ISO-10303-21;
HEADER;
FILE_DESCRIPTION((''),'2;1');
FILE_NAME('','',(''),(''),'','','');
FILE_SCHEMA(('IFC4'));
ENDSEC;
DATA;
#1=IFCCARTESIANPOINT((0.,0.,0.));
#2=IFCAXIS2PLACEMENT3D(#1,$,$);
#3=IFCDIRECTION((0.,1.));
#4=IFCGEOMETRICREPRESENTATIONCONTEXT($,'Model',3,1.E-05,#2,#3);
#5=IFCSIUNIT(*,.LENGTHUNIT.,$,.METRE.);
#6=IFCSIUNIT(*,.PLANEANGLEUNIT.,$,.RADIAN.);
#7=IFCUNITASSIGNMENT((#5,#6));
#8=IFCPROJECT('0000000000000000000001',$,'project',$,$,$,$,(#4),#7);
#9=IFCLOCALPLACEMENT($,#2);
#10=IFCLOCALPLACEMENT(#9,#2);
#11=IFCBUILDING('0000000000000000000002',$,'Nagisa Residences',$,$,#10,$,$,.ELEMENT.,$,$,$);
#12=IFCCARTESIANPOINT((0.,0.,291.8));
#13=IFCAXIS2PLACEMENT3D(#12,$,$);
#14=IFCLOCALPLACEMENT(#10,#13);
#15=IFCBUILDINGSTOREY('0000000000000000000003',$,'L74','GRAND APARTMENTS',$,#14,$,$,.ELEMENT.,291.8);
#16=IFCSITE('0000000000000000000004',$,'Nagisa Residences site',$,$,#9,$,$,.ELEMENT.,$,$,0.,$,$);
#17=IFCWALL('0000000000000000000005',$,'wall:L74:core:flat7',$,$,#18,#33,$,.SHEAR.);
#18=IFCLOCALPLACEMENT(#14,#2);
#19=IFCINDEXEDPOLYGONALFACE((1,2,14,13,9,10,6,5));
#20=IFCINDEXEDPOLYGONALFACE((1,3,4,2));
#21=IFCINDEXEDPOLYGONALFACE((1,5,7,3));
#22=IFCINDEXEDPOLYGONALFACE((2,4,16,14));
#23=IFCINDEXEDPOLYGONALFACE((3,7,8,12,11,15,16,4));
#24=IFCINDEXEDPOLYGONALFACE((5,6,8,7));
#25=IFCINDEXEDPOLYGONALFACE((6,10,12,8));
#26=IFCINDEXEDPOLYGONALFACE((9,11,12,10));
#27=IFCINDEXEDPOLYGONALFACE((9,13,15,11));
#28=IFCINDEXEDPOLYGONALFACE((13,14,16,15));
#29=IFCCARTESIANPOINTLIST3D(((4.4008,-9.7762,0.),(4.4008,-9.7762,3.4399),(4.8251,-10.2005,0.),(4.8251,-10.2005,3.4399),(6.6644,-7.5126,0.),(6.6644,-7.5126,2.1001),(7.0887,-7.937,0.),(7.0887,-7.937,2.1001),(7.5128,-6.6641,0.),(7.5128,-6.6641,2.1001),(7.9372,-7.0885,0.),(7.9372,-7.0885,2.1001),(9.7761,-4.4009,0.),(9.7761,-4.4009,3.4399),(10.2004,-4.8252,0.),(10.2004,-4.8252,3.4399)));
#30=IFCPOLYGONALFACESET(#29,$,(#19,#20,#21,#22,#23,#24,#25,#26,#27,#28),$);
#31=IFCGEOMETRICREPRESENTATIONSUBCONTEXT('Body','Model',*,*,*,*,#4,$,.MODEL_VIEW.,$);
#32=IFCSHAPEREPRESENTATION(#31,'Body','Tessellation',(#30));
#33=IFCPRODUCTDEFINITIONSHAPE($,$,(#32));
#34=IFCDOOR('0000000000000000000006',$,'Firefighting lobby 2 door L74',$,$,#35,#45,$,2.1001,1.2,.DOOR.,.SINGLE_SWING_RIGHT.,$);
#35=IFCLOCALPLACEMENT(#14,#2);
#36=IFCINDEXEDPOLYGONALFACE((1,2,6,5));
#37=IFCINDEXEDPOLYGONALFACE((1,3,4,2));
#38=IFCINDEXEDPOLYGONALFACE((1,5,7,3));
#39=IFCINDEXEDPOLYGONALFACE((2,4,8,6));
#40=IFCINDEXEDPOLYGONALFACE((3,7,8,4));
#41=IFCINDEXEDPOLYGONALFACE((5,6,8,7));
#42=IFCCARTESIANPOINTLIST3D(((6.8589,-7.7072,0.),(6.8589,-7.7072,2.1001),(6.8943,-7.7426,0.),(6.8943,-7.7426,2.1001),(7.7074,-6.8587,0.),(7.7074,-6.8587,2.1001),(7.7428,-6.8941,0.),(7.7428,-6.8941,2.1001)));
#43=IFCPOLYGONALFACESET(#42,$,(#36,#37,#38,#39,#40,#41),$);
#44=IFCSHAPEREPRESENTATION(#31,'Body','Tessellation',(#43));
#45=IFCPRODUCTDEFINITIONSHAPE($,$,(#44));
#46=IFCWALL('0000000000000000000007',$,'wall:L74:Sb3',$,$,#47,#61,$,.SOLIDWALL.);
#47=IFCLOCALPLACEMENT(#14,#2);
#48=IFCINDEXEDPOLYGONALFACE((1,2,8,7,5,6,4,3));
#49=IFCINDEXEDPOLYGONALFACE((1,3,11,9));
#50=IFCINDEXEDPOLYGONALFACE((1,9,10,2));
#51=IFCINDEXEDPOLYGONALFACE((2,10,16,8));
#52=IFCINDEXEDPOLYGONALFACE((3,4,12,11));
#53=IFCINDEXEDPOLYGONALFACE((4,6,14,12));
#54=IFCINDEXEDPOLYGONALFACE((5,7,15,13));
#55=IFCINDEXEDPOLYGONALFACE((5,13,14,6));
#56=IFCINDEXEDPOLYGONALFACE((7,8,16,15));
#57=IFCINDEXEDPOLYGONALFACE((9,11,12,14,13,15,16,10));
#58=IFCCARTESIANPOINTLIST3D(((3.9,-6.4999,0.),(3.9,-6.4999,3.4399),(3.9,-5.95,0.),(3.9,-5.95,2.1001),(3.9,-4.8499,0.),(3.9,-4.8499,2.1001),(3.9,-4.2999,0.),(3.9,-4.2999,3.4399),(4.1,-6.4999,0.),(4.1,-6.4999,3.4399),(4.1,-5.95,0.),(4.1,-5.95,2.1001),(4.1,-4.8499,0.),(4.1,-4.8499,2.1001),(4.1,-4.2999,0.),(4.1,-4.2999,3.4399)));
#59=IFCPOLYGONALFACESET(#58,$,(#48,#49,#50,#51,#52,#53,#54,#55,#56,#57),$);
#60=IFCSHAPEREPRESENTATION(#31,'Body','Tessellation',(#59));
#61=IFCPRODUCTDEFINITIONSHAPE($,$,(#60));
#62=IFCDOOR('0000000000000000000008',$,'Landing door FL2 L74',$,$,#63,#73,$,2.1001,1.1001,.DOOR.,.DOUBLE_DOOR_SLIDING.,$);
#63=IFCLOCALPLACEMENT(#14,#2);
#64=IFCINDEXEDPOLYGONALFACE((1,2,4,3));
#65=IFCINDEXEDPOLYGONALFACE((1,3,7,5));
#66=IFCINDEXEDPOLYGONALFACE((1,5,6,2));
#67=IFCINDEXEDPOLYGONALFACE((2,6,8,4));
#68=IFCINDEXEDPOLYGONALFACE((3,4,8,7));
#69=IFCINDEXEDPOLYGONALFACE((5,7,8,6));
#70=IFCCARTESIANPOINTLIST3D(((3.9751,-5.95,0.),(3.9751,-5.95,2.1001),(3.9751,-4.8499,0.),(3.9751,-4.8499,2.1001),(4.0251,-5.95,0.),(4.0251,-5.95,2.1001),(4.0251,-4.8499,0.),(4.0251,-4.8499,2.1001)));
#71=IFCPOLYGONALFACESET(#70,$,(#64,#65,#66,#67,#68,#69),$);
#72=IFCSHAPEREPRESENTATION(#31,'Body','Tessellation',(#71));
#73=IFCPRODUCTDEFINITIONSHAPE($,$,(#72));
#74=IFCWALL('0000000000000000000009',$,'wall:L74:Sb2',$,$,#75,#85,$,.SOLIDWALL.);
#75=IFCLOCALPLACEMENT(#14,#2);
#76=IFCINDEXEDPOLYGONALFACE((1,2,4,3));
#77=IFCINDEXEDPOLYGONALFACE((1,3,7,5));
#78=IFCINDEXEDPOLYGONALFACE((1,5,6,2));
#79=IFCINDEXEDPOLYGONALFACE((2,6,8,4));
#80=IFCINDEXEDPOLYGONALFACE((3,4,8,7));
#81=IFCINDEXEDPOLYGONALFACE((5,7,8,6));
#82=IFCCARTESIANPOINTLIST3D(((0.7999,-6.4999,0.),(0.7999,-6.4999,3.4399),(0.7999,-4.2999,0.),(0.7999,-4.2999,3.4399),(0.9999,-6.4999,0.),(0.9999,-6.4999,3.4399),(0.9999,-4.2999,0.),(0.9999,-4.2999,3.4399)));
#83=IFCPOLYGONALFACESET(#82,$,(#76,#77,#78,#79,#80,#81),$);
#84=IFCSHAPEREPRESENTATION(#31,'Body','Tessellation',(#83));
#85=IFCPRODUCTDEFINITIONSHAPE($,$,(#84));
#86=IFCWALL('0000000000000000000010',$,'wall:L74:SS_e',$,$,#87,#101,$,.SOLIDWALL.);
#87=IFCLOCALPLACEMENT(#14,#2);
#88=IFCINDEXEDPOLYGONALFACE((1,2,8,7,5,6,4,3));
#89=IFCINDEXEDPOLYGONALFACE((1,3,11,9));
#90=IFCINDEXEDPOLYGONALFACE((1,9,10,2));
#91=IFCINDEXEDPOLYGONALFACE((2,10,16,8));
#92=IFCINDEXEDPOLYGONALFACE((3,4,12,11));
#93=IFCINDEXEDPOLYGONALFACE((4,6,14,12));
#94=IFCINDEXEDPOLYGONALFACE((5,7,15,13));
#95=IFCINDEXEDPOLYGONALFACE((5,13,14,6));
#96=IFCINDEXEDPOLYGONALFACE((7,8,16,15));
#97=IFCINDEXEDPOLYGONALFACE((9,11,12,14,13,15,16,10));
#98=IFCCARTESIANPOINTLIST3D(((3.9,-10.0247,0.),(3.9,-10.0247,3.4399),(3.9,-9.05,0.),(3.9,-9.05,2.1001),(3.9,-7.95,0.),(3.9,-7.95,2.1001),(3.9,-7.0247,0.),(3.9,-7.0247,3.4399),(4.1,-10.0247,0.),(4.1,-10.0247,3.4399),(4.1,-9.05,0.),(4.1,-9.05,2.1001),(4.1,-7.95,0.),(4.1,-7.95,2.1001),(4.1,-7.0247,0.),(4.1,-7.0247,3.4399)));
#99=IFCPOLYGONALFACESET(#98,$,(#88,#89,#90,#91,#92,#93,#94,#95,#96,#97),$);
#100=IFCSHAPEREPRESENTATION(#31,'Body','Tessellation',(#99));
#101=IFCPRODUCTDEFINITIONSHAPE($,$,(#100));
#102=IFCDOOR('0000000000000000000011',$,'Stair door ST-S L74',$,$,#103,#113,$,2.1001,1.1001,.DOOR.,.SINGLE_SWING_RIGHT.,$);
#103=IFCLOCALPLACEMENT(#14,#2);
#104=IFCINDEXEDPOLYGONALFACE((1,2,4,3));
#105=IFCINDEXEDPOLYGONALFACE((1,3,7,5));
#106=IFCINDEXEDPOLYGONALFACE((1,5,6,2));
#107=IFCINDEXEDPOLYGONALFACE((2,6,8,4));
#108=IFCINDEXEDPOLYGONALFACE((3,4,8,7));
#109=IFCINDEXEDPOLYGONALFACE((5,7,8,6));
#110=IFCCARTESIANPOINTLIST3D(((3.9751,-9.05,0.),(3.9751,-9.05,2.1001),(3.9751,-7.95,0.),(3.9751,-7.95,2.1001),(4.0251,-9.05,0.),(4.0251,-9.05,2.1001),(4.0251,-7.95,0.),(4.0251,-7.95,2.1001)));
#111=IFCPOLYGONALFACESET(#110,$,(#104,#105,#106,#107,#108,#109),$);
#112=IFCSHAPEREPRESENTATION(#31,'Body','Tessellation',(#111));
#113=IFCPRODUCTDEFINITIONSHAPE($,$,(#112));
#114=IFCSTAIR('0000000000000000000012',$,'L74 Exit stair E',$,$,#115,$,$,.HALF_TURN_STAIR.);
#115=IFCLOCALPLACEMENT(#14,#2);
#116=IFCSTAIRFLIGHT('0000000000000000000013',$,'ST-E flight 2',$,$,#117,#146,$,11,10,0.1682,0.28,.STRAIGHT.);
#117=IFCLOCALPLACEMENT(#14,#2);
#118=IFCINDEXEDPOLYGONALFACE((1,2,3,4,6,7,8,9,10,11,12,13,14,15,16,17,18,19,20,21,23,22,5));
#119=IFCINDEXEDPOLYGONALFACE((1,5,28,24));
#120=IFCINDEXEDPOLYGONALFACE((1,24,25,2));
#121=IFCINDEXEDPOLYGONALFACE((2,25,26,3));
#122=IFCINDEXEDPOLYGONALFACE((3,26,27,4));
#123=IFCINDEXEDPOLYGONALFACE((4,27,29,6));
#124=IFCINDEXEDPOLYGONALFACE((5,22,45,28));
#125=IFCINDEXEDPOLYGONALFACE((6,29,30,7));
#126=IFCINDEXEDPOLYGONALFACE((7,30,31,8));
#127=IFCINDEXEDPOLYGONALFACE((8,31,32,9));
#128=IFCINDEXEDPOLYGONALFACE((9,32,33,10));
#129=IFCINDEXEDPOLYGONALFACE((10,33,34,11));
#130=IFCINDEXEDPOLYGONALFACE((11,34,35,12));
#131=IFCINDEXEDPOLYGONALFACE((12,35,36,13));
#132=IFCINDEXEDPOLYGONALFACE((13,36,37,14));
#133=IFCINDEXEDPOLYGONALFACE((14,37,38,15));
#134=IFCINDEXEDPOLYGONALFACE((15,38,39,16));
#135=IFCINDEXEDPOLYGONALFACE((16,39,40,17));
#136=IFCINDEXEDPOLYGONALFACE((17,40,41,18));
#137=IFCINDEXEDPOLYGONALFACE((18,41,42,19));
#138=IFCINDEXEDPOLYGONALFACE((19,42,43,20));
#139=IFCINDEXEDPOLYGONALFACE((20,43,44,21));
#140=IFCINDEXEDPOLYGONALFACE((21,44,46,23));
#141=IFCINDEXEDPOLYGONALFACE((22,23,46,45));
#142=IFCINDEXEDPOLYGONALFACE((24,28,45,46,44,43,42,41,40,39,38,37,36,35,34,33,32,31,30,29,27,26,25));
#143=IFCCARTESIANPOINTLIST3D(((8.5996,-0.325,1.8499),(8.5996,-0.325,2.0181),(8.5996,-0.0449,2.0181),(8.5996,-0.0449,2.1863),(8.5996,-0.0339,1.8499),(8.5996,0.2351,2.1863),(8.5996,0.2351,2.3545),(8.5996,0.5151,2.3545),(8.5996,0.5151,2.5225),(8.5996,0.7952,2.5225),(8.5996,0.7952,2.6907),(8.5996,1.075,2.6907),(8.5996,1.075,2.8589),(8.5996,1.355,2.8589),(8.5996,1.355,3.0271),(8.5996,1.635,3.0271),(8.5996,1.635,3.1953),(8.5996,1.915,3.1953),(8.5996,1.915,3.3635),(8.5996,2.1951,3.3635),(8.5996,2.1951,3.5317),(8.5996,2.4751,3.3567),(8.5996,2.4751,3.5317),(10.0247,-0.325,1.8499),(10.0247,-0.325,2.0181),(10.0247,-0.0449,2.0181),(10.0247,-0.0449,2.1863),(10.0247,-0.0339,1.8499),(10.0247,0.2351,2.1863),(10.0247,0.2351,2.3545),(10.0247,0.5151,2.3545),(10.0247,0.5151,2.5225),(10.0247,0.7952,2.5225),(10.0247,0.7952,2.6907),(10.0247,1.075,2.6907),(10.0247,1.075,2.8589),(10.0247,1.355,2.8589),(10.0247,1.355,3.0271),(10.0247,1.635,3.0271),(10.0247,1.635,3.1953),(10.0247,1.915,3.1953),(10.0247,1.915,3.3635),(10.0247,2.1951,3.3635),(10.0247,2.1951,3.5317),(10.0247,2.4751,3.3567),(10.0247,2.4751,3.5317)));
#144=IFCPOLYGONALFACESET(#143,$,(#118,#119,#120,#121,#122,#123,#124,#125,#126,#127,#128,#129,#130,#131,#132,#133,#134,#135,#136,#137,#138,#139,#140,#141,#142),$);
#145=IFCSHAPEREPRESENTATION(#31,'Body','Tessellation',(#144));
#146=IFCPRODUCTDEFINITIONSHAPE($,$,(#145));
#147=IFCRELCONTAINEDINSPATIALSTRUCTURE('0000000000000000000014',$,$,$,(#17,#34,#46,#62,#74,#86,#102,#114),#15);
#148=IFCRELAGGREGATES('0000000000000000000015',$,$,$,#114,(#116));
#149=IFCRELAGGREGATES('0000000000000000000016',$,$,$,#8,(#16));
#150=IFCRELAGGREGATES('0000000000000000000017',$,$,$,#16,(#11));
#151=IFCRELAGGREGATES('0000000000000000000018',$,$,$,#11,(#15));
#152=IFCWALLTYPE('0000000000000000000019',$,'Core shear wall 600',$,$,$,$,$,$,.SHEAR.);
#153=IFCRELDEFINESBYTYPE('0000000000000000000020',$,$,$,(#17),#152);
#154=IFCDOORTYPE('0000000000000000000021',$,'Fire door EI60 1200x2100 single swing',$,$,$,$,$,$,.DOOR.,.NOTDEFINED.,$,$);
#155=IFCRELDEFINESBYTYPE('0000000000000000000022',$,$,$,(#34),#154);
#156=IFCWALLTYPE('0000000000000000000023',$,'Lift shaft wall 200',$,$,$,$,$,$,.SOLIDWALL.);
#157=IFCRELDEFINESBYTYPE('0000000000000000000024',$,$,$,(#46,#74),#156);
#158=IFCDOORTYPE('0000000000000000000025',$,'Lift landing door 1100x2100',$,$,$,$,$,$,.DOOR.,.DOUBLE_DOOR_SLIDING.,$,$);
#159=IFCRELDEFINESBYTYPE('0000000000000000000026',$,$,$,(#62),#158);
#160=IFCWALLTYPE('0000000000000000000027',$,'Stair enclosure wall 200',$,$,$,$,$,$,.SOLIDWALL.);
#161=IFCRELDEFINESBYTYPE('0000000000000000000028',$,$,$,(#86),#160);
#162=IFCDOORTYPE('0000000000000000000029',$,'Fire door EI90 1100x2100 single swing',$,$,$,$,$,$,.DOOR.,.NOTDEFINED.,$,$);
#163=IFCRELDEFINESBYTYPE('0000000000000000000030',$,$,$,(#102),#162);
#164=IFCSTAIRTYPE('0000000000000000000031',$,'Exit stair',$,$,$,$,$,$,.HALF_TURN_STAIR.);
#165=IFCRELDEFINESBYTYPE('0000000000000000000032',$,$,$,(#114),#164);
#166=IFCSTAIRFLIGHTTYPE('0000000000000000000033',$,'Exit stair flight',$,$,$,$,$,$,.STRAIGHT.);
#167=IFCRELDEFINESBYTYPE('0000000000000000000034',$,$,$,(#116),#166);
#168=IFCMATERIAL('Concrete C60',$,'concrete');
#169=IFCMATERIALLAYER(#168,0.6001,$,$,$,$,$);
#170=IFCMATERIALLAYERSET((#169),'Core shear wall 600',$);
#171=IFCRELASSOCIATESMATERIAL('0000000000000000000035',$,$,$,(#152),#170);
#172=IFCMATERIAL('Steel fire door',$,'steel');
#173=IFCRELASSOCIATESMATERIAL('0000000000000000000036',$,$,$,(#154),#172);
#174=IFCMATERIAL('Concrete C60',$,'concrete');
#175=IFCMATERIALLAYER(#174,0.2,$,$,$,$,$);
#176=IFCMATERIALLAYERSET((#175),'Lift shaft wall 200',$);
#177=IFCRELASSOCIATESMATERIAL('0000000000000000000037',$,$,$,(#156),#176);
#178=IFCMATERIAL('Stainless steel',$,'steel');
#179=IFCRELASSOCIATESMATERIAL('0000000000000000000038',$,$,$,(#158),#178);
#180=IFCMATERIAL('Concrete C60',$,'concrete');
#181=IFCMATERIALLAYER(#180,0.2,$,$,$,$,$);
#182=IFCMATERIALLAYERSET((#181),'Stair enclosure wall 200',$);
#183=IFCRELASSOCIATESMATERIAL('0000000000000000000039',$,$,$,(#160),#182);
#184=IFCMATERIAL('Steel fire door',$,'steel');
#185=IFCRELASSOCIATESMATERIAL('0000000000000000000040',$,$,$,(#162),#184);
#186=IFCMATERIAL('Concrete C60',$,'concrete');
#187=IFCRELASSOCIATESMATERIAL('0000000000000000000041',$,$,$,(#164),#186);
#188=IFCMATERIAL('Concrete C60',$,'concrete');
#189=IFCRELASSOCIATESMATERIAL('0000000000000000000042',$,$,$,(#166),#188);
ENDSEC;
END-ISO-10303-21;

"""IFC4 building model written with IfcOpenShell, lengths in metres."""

from ifc_helpers import new_model, si_unit, direction, frame, frame_2d, origin, place, context, subcontext, project, spatial, polyline, rectangle, outline, extrude, material, layer, layer_set, type_object, element, fill, aggregate, save


model = new_model("IFC4")

# Units and contexts
model_context = context("Model", 3, precision=1e-05, world=origin(), true_north=direction((0.0, 1.0)))
body_context = subcontext(model_context, "Body", "Model", "MODEL_VIEW")
ifc_project = project(units=[si_unit("LENGTHUNIT", "METRE"), si_unit("PLANEANGLEUNIT", "RADIAN")], contexts=[model_context])

# Site, building, storey
site_placement = place(None, origin())
site = spatial("IfcSite", under=ifc_project, at=site_placement, Name="Nagisa Residences site", CompositionType="ELEMENT", RefElevation=0.0)
building_placement = place(site_placement, origin())
building = spatial("IfcBuilding", under=site, at=building_placement, Name="Nagisa Residences", CompositionType="ELEMENT")
storey_placement = place(building_placement, frame((0.0, 0.0, 291.8)))
storey = spatial("IfcBuildingStorey", under=building, at=storey_placement, Name="L74", Description="GRAND APARTMENTS", CompositionType="ELEMENT", Elevation=291.8)

# Walls, openings, doors
ifc_material_1 = material(Name="Concrete C60", Category="concrete")
ifc_layer_1 = layer(ifc_material_1, 0.6001)
ifc_layer_set_1 = layer_set([ifc_layer_1], Name="Core shear wall 600")
wall_type_1 = type_object("IfcWallType", Name="Core shear wall 600", PredefinedType="SHEAR", material=ifc_layer_set_1)
wall_1_placement = place(storey_placement, frame((4.613, -9.9883, 0.0), z_axis=(0.0, 0.0, 1.0), x_axis=(0.707107, 0.707107, 0.0)))
wall_1 = element("IfcWall", 1, at=wall_1_placement, inside=storey, type_object=wall_type_1, Name="wall:L74:core:flat7", PredefinedType="SHEAR", context=body_context, shape_type="SweptSolid", body=[
    extrude(rectangle(XDim=7.6018, YDim=0.6001, at=frame_2d((3.8008, 0.0))), origin(), (0.0, 0.0, 1.0), 3.4399),
])
opening_1_placement = place(wall_1_placement, frame((3.2009, 0.0, 0.0)))
opening_1 = element("IfcOpeningElement", 2, at=opening_1_placement, cuts=wall_1, PredefinedType="OPENING", context=body_context, shape_type="SweptSolid", body=[
    extrude(rectangle(XDim=1.2, YDim=2.1001, at=frame_2d((0.6001, 1.05))), frame((0.0, 0.3101, 0.0), z_axis=(0.0, -1.0, 0.0), x_axis=(1.0, 0.0, 0.0)), (0.0, 0.0, 1.0), 0.6201),
])
ifc_material_2 = material(Name="Steel fire door", Category="steel")
door_type_1 = type_object("IfcDoorType", Name="Fire door EI60 1200x2100 single swing", OperationType="NOTDEFINED", PredefinedType="DOOR", material=ifc_material_2)
door_1_placement = place(opening_1_placement, origin())
door_1 = element("IfcDoor", 3, at=door_1_placement, inside=storey, type_object=door_type_1, Name="Firefighting lobby 2 door L74", OperationType="SINGLE_SWING_RIGHT", OverallHeight=2.1001, OverallWidth=1.2, PredefinedType="DOOR", context=body_context, shape_type="SweptSolid", body=[
    extrude(rectangle(XDim=1.2, YDim=2.1001, at=frame_2d((0.6001, 1.05))), frame((0.0, 0.0249, 0.0), z_axis=(0.0, -1.0, 0.0), x_axis=(1.0, 0.0, 0.0)), (0.0, 0.0, 1.0), 0.05),
])
fill(opening_1, door_1)
ifc_material_3 = material(Name="Concrete C60", Category="concrete")
ifc_layer_2 = layer(ifc_material_3, 0.2)
ifc_layer_set_2 = layer_set([ifc_layer_2], Name="Lift shaft wall 200")
wall_type_2 = type_object("IfcWallType", Name="Lift shaft wall 200", PredefinedType="SOLIDWALL", material=ifc_layer_set_2)
wall_2_placement = place(storey_placement, frame((4.0, -6.5, 0.0), z_axis=(0.0, 0.0, 1.0), x_axis=(0.0, 1.0, 0.0)))
wall_2 = element("IfcWall", 4, at=wall_2_placement, inside=storey, type_object=wall_type_2, Name="wall:L74:Sb3", PredefinedType="SOLIDWALL", context=body_context, shape_type="SweptSolid", body=[
    extrude(rectangle(XDim=2.2, YDim=0.2, at=frame_2d((1.1001, 0.0))), origin(), (0.0, 0.0, 1.0), 3.4399),
])
opening_2_placement = place(wall_2_placement, frame((0.55, 0.0, 0.0)))
opening_2 = element("IfcOpeningElement", 5, at=opening_2_placement, cuts=wall_2, PredefinedType="OPENING", context=body_context, shape_type="SweptSolid", body=[
    extrude(rectangle(XDim=1.1001, YDim=2.1001, at=frame_2d((0.55, 1.05))), frame((0.0, 0.1099, 0.0), z_axis=(0.0, -1.0, 0.0), x_axis=(1.0, 0.0, 0.0)), (0.0, 0.0, 1.0), 0.22),
])
ifc_material_4 = material(Name="Stainless steel", Category="steel")
door_type_2 = type_object("IfcDoorType", Name="Lift landing door 1100x2100", OperationType="DOUBLE_DOOR_SLIDING", PredefinedType="DOOR", material=ifc_material_4)
door_2_placement = place(opening_2_placement, origin())
door_2 = element("IfcDoor", 6, at=door_2_placement, inside=storey, type_object=door_type_2, Name="Landing door FL2 L74", OperationType="DOUBLE_DOOR_SLIDING", OverallHeight=2.1001, OverallWidth=1.1001, PredefinedType="DOOR", context=body_context, shape_type="SweptSolid", body=[
    extrude(rectangle(XDim=1.1001, YDim=2.1001, at=frame_2d((0.55, 1.05))), frame((0.0, 0.0249, 0.0), z_axis=(0.0, -1.0, 0.0), x_axis=(1.0, 0.0, 0.0)), (0.0, 0.0, 1.0), 0.05),
])
fill(opening_2, door_2)

# Wall
wall_3_placement = place(storey_placement, frame((0.8999, -6.5, 0.0), z_axis=(0.0, 0.0, 1.0), x_axis=(0.0, 1.0, 0.0)))
element("IfcWall", 7, at=wall_3_placement, inside=storey, type_object=wall_type_2, Name="wall:L74:Sb2", PredefinedType="SOLIDWALL", context=body_context, shape_type="SweptSolid", body=[
    extrude(rectangle(XDim=2.2, YDim=0.2, at=frame_2d((1.1001, 0.0))), origin(), (0.0, 0.0, 1.0), 3.4399),
])

# Wall, opening, door
ifc_material_5 = material(Name="Concrete C60", Category="concrete")
ifc_layer_3 = layer(ifc_material_5, 0.2)
ifc_layer_set_3 = layer_set([ifc_layer_3], Name="Stair enclosure wall 200")
wall_type_3 = type_object("IfcWallType", Name="Stair enclosure wall 200", PredefinedType="SOLIDWALL", material=ifc_layer_set_3)
wall_4_placement = place(storey_placement, frame((4.0, -10.0247, 0.0), z_axis=(0.0, 0.0, 1.0), x_axis=(0.0, 1.0, 0.0)))
wall_4 = element("IfcWall", 8, at=wall_4_placement, inside=storey, type_object=wall_type_3, Name="wall:L74:SS_e", PredefinedType="SOLIDWALL", context=body_context, shape_type="SweptSolid", body=[
    extrude(rectangle(XDim=3.0, YDim=0.2, at=frame_2d((1.5, 0.0))), origin(), (0.0, 0.0, 1.0), 3.4399),
])
opening_3_placement = place(wall_4_placement, frame((0.9746, 0.0, 0.0)))
opening_3 = element("IfcOpeningElement", 9, at=opening_3_placement, cuts=wall_4, PredefinedType="OPENING", context=body_context, shape_type="SweptSolid", body=[
    extrude(rectangle(XDim=1.1001, YDim=2.1001, at=frame_2d((0.55, 1.05))), frame((0.0, 0.1099, 0.0), z_axis=(0.0, -1.0, 0.0), x_axis=(1.0, 0.0, 0.0)), (0.0, 0.0, 1.0), 0.22),
])
ifc_material_6 = material(Name="Steel fire door", Category="steel")
door_type_3 = type_object("IfcDoorType", Name="Fire door EI90 1100x2100 single swing", OperationType="NOTDEFINED", PredefinedType="DOOR", material=ifc_material_6)
door_3_placement = place(opening_3_placement, origin())
door_3 = element("IfcDoor", 10, at=door_3_placement, inside=storey, type_object=door_type_3, Name="Stair door ST-S L74", OperationType="SINGLE_SWING_RIGHT", OverallHeight=2.1001, OverallWidth=1.1001, PredefinedType="DOOR", context=body_context, shape_type="SweptSolid", body=[
    extrude(rectangle(XDim=1.1001, YDim=2.1001, at=frame_2d((0.55, 1.05))), frame((0.0, 0.0249, 0.0), z_axis=(0.0, -1.0, 0.0), x_axis=(1.0, 0.0, 0.0)), (0.0, 0.0, 1.0), 0.05),
])
fill(opening_3, door_3)

# Stair, stair flight
ifc_material_7 = material(Name="Concrete C60", Category="concrete")
stair_type = type_object("IfcStairType", Name="Exit stair", PredefinedType="HALF_TURN_STAIR", material=ifc_material_7)
stair_1_placement = place(storey_placement, origin())
stair_1 = element("IfcStair", 11, at=stair_1_placement, inside=storey, type_object=stair_type, Name="L74 Exit stair E", PredefinedType="HALF_TURN_STAIR")
ifc_material_8 = material(Name="Concrete C60", Category="concrete")
stair_flight_type = type_object("IfcStairFlightType", Name="Exit stair flight", PredefinedType="STRAIGHT", material=ifc_material_8)
stair_flight_1_placement = place(storey_placement, frame((9.312, -0.325, 1.8499), z_axis=(0.0, 0.0, 1.0), x_axis=(0.0, 1.0, 0.0)))
stair_flight_1 = element("IfcStairFlight", 12, at=stair_flight_1_placement, type_object=stair_flight_type, Name="ST-E flight 2", NumberOfRisers=11, NumberOfTreads=10, PredefinedType="STRAIGHT", RiserHeight=0.1682, TreadLength=0.28, context=body_context, shape_type="SweptSolid", body=[
    extrude(outline(polyline([(0.0, 0.0), (0.0, 0.1682), (0.28, 0.1682), (0.28, 0.3364), (0.5601, 0.3364), (0.5601, 0.5046), (0.8401, 0.5046), (0.8401, 0.6726), (1.1201, 0.6726), (1.1201, 0.8408), (1.3999, 0.8408), (1.3999, 1.009), (1.6799, 1.009), (1.6799, 1.1772), (1.96, 1.1772), (1.96, 1.3455), (2.24, 1.3455), (2.24, 1.5137), (2.52, 1.5137), (2.52, 1.6819), (2.8, 1.6819), (2.8, 1.8501), (2.8, 1.5068), (0.291, 0.0), (0.0, 0.0)])), frame((0.0, 0.7124, 0.0), z_axis=(0.0, -1.0, 0.0), x_axis=(1.0, 0.0, 0.0)), (0.0, 0.0, 1.0), 1.425),
])
aggregate(stair_1, [stair_flight_1])

save(model, "model.ifc")
